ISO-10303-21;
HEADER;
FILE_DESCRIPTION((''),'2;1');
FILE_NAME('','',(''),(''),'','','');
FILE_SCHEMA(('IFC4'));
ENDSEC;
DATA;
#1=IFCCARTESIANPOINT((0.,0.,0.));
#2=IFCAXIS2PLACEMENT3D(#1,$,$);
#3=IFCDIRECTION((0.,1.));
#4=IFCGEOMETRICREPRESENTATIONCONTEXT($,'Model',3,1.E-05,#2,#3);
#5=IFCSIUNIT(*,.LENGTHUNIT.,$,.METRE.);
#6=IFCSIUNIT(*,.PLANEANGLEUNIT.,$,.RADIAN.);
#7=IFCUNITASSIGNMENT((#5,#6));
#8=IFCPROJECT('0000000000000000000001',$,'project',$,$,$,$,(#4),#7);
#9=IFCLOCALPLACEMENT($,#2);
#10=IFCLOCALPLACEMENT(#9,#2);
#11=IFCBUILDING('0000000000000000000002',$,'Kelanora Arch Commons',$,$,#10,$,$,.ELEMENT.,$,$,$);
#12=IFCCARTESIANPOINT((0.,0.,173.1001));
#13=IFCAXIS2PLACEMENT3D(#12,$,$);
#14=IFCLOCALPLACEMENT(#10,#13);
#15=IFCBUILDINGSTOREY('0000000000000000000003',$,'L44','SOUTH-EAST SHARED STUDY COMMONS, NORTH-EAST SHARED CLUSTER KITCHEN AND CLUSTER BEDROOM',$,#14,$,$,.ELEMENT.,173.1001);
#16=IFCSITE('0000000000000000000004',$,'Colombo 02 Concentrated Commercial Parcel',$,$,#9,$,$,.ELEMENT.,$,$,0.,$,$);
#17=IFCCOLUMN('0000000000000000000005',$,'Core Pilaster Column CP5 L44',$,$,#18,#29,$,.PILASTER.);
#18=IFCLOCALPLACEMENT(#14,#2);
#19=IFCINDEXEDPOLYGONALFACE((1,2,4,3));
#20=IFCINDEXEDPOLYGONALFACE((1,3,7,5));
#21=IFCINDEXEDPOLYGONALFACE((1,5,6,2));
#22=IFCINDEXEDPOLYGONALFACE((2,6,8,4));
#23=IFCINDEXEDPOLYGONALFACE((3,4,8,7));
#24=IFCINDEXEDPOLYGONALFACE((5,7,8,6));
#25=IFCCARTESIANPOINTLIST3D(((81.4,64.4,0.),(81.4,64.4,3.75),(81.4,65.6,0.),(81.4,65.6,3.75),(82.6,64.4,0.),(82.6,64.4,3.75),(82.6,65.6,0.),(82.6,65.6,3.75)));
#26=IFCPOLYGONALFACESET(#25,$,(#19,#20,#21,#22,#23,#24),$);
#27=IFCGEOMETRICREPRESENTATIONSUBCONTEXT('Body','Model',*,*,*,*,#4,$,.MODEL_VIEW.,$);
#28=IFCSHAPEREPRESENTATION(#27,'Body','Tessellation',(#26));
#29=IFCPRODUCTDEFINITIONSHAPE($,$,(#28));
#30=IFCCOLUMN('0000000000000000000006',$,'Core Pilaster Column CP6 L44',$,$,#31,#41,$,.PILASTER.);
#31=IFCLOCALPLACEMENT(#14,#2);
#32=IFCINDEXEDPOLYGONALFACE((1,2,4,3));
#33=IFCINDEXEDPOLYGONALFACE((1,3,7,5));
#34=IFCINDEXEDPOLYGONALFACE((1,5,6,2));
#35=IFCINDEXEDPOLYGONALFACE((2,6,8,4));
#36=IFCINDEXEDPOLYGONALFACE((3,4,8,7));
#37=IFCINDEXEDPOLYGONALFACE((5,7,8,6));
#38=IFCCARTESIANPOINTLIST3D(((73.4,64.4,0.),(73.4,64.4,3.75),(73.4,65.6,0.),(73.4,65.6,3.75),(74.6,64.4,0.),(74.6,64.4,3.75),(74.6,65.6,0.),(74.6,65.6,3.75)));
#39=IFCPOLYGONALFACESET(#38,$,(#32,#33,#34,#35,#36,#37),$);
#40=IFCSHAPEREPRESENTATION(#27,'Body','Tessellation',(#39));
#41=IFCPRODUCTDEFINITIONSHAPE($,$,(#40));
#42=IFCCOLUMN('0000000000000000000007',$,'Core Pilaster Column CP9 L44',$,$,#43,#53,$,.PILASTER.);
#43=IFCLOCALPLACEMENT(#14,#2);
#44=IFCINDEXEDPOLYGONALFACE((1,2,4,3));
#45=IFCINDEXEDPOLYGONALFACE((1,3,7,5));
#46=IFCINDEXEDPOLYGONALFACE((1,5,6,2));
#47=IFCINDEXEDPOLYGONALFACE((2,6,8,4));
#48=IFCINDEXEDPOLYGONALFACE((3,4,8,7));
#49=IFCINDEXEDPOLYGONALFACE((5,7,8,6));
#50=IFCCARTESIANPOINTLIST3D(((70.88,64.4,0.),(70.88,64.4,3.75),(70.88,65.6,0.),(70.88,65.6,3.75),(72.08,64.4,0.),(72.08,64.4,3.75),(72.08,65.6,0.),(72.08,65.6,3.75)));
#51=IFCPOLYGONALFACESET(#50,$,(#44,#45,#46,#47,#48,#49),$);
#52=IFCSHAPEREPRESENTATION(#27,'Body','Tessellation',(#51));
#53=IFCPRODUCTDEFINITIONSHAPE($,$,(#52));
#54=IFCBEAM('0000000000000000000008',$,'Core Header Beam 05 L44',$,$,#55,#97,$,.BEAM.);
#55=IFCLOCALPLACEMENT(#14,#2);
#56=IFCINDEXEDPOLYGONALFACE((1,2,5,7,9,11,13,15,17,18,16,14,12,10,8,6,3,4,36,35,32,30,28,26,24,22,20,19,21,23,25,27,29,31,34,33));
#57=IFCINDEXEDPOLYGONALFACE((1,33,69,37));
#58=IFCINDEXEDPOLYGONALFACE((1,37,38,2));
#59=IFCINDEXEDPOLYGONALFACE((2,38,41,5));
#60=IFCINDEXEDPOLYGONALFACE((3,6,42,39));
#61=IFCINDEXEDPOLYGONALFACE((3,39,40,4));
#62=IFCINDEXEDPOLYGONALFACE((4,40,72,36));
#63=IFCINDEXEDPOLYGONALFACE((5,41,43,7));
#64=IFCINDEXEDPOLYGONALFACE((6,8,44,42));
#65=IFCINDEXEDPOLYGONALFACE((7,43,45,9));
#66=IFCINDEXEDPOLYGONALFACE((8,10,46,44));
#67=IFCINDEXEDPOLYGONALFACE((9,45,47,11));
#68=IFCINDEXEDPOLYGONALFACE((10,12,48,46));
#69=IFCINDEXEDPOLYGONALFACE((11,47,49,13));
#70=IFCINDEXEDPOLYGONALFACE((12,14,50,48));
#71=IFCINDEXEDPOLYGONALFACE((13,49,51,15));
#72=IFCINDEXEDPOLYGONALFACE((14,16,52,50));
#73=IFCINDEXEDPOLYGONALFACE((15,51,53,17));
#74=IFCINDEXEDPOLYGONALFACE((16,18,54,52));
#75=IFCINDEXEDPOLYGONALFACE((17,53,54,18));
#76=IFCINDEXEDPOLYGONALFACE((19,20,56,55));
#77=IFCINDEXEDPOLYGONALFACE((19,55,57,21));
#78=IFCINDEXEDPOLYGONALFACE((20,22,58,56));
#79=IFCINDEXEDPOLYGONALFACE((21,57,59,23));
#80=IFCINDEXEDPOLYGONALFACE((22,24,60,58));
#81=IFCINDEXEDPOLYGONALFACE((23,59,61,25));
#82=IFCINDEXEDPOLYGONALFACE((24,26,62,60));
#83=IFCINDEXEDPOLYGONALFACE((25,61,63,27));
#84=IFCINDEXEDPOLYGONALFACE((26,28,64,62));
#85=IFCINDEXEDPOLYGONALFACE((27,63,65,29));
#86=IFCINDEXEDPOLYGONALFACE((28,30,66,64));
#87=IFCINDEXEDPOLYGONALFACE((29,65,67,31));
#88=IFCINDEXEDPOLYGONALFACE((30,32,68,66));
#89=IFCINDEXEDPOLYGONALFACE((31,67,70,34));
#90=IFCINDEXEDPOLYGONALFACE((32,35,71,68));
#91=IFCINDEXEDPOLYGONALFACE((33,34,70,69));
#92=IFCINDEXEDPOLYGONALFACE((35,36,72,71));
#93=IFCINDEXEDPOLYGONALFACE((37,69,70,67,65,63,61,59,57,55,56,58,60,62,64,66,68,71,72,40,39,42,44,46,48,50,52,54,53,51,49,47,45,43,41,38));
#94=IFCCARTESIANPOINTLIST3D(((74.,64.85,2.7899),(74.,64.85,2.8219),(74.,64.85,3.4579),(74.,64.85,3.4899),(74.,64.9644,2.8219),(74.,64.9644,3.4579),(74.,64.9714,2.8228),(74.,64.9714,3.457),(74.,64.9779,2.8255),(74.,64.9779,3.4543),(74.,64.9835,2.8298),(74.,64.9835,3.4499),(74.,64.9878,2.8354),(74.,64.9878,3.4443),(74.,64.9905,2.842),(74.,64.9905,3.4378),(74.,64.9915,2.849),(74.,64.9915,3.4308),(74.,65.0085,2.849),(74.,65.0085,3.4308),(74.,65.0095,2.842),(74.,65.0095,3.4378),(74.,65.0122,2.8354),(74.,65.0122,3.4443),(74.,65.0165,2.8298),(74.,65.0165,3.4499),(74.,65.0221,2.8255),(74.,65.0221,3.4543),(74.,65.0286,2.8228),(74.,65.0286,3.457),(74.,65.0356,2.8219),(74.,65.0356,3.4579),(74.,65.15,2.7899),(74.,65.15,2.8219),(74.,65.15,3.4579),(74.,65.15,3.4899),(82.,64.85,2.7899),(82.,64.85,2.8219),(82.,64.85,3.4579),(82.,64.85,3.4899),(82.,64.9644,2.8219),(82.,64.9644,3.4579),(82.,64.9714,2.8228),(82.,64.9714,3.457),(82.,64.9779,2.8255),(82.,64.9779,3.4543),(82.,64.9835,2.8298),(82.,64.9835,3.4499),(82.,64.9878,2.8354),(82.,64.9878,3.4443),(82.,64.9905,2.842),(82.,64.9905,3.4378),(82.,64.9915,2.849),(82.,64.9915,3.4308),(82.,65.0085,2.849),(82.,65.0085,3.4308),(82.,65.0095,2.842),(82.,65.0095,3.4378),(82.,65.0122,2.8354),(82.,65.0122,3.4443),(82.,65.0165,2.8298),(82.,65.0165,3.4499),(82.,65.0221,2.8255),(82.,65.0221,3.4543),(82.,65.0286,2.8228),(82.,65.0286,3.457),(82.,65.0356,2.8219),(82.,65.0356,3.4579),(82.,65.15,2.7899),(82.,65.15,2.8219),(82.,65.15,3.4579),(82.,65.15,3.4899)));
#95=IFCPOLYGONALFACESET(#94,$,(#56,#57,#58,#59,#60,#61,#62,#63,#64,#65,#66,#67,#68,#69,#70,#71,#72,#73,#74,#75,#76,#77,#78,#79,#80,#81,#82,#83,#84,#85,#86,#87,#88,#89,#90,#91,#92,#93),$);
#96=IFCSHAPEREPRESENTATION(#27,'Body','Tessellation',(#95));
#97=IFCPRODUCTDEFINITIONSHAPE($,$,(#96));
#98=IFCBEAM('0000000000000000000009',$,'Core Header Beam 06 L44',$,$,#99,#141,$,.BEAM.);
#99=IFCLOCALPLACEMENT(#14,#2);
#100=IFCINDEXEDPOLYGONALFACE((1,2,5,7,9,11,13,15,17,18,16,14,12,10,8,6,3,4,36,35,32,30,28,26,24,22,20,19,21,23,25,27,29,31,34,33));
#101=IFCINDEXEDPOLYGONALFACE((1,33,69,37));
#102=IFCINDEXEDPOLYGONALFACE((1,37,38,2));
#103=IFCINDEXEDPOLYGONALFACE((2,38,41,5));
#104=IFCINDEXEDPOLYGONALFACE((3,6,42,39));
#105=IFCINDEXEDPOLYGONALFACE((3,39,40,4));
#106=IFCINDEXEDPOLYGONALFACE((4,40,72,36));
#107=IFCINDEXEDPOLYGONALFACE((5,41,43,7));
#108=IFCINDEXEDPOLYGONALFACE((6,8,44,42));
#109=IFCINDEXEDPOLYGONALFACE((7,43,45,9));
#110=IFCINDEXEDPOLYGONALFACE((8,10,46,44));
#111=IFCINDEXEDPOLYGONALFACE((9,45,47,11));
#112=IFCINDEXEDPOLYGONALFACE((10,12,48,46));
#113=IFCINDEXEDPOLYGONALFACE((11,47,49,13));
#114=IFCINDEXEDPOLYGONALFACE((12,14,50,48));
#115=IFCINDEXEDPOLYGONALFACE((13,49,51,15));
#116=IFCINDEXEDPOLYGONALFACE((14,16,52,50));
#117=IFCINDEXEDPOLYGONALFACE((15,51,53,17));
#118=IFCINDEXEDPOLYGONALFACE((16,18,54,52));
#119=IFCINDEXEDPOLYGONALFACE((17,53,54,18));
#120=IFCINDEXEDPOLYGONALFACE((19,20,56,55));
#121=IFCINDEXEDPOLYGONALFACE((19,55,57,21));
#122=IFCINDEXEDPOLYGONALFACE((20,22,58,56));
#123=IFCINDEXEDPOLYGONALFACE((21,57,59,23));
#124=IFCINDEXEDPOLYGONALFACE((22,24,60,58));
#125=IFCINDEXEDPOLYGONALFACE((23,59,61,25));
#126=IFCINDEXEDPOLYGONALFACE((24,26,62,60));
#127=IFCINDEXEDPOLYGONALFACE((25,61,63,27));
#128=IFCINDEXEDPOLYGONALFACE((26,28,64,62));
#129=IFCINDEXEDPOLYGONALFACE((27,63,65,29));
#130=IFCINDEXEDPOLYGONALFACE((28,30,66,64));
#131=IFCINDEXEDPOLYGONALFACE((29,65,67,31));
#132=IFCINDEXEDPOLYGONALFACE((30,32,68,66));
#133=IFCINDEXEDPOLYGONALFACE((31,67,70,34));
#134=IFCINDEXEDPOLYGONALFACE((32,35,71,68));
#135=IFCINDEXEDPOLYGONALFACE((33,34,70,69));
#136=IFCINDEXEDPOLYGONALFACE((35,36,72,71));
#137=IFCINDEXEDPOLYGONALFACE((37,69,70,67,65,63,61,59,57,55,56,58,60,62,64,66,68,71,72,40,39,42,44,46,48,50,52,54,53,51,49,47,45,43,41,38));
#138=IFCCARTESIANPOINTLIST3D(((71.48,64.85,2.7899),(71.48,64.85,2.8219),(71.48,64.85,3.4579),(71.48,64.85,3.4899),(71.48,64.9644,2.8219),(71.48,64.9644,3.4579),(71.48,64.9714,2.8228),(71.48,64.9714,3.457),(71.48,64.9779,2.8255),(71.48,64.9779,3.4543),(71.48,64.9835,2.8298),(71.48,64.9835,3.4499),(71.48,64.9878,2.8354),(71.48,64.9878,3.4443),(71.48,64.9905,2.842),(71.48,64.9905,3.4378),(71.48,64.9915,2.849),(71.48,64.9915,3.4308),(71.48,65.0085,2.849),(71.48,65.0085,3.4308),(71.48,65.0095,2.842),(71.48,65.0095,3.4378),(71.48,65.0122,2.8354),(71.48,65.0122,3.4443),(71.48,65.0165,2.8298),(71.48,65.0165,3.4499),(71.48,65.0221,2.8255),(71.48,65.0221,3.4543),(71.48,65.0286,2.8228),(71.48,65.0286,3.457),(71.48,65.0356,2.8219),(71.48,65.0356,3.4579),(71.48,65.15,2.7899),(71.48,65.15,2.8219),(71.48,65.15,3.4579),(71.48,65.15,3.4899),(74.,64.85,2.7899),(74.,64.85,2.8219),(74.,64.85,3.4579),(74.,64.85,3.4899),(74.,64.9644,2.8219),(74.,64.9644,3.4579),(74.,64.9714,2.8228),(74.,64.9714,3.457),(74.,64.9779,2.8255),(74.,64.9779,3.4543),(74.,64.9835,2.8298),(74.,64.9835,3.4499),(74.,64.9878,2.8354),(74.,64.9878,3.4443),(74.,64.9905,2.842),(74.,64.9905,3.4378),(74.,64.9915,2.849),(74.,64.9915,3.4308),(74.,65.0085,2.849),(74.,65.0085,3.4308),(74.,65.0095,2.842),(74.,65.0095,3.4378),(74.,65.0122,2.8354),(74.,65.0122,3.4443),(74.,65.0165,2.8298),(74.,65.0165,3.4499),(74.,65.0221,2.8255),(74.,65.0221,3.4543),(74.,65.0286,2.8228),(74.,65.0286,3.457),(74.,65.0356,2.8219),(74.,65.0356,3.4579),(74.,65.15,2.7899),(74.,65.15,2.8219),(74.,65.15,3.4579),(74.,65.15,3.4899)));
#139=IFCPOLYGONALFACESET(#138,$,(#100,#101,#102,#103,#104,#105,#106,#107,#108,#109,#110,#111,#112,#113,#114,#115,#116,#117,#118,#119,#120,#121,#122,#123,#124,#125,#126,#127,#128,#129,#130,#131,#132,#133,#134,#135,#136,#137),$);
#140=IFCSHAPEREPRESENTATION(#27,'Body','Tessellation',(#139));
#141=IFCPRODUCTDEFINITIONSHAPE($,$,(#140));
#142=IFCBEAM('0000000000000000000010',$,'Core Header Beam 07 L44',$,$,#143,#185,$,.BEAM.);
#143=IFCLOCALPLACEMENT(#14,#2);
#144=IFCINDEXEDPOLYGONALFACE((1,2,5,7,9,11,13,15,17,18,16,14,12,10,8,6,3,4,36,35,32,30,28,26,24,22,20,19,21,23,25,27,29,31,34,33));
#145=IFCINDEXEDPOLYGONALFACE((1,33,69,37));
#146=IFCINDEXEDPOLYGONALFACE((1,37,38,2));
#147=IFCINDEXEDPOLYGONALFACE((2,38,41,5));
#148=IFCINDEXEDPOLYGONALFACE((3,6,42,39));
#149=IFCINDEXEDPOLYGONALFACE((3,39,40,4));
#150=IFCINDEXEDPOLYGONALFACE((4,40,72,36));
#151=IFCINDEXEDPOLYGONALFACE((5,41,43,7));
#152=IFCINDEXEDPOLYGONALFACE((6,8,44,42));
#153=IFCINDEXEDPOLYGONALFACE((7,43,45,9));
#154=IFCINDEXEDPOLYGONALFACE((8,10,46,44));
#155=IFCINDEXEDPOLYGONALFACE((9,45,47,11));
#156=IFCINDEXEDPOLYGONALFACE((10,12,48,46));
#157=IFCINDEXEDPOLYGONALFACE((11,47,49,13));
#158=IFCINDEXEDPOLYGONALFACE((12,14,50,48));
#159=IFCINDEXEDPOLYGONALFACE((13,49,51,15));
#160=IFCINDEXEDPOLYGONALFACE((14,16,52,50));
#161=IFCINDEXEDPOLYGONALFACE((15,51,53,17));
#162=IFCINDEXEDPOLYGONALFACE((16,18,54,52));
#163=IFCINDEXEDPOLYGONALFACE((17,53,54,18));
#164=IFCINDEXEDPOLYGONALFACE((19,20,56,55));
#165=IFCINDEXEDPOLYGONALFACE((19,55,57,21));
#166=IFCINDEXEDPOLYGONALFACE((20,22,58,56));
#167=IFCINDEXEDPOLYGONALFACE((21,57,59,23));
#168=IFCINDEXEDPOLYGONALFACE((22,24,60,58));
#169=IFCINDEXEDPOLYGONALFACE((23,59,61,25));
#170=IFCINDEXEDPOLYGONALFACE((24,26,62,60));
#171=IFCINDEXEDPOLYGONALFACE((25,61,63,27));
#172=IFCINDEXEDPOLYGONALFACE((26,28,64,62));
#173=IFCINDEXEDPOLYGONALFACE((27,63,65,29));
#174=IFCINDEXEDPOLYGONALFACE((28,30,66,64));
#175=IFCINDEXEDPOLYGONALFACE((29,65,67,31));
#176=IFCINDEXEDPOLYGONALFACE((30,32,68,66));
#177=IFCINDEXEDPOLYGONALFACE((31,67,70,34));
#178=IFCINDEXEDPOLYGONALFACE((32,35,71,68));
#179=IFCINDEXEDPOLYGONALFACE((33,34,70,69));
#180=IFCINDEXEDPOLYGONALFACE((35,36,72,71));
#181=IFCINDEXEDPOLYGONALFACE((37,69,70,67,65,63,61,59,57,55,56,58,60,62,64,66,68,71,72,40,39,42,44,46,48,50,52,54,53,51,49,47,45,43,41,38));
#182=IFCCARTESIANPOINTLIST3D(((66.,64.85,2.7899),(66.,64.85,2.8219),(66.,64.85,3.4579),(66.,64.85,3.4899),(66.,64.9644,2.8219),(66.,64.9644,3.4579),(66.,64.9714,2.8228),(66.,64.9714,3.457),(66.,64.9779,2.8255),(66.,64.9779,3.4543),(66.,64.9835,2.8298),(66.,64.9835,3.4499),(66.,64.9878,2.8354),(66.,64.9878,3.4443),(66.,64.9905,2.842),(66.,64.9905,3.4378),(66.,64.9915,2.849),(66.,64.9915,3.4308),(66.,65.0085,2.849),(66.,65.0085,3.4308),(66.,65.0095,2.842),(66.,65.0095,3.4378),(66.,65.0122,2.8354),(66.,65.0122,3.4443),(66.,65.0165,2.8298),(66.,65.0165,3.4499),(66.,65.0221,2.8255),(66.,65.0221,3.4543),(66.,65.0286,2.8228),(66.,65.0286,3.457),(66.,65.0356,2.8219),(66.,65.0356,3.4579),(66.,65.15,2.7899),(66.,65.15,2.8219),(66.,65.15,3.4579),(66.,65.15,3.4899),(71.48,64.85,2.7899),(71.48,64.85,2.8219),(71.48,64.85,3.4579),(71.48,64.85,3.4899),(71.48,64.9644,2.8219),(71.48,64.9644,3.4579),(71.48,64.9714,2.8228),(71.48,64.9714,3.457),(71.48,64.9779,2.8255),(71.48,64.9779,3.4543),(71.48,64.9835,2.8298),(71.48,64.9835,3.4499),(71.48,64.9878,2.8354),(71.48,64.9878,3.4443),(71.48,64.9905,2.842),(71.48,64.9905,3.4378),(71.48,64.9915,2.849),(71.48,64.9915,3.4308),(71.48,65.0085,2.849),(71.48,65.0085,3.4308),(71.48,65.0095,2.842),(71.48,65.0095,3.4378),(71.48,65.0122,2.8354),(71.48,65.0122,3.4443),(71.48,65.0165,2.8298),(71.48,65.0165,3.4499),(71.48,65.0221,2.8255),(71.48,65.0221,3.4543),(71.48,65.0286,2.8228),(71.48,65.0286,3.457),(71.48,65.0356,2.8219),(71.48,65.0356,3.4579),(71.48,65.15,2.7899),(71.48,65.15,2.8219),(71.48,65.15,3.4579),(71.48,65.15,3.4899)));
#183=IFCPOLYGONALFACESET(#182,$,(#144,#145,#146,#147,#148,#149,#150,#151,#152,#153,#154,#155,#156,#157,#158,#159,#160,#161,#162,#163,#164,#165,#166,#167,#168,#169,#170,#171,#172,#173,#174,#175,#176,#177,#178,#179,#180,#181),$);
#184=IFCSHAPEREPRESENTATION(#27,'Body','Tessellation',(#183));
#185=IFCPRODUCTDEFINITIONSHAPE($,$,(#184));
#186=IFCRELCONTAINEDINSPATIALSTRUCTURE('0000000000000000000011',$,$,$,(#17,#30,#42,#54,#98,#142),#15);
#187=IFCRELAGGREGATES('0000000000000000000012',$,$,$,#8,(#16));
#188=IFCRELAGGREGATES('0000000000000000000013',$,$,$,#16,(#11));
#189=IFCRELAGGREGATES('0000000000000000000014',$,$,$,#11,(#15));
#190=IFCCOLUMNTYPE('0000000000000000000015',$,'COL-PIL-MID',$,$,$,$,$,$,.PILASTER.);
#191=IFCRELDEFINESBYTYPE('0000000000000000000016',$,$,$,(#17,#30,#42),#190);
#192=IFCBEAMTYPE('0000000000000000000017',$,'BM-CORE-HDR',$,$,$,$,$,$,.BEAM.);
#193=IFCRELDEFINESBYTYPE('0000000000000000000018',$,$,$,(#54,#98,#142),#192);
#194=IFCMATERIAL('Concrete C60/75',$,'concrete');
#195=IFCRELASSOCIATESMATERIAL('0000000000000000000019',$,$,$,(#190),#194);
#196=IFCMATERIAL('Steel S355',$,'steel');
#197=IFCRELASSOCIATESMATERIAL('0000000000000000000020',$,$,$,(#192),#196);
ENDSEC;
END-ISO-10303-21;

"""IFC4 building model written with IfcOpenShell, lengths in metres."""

from ifc_helpers import new_model, si_unit, direction, frame, origin, origin_2d, place, context, subcontext, project, spatial, rectangle, i_section, extrude, material, material_profile, profile_set, type_object, element, save


model = new_model("IFC4")

# Units and contexts
model_context = context("Model", 3, precision=1e-05, world=origin(), true_north=direction((0.0, 1.0)))
body_context = subcontext(model_context, "Body", "Model", "MODEL_VIEW")
ifc_project = project(units=[si_unit("LENGTHUNIT", "METRE"), si_unit("PLANEANGLEUNIT", "RADIAN")], contexts=[model_context])

# Site, building, storey
site_placement = place(None, origin())
site = spatial("IfcSite", under=ifc_project, at=site_placement, Name="Colombo 02 Concentrated Commercial Parcel", CompositionType="ELEMENT", RefElevation=0.0)
building_placement = place(site_placement, origin())
building = spatial("IfcBuilding", under=site, at=building_placement, Name="Kelanora Arch Commons", CompositionType="ELEMENT")
storey_placement = place(building_placement, frame((0.0, 0.0, 173.1001)))
storey = spatial("IfcBuildingStorey", under=building, at=storey_placement, Name="L44", Description="SOUTH-EAST SHARED STUDY COMMONS, NORTH-EAST SHARED CLUSTER KITCHEN AND CLUSTER BEDROOM", CompositionType="ELEMENT", Elevation=173.1001)

# Columns
ifc_material_1 = material(Name="Concrete C60/75", Category="concrete")
ifc_material_profile_1 = material_profile(ifc_material_1, rectangle(XDim=1.2, YDim=1.2, at=origin_2d()), Name="RC1200x1200")
ifc_profile_set_1 = profile_set([ifc_material_profile_1], Name="Concrete C60/75")
column_type = type_object("IfcColumnType", Name="COL-PIL-MID", PredefinedType="PILASTER", material=ifc_profile_set_1)
for number, where, z_axis, x_axis, name in (
    (1, (82.0, 65.0, 0.0), (0.0, 0.0, 1.0), (1.0, 0.0, 0.0), "Core Pilaster Column CP5 L44"),
    (2, (74.0, 65.0, 0.0), (0.0, 0.0, 1.0), (1.0, 0.0, 0.0), "Core Pilaster Column CP6 L44"),
    (3, (71.48, 65.0, 0.0), (0.0, 0.0, 1.0), (1.0, 0.0, 0.0), "Core Pilaster Column CP9 L44"),
):
    element("IfcColumn", number, at=place(storey_placement, frame(where, z_axis=z_axis, x_axis=x_axis)), inside=storey, type_object=column_type, Name=name, PredefinedType="PILASTER", context=body_context, shape_type="SweptSolid", body=[
        extrude(rectangle(XDim=1.2, YDim=1.2, at=origin_2d()), origin(), (0.0, 0.0, 1.0), 3.75),
    ])

# Beams
ifc_material_2 = material(Name="Steel S355", Category="steel")
ifc_material_profile_2 = material_profile(ifc_material_2, i_section(OverallWidth=0.3, OverallDepth=0.7, WebThickness=0.0171, FlangeThickness=0.032, FilletRadius=0.0271, at=origin_2d()), Name="HEB700")
ifc_profile_set_2 = profile_set([ifc_material_profile_2], Name="Steel S355")
beam_type_1 = type_object("IfcBeamType", Name="BM-CORE-HDR", PredefinedType="BEAM", material=ifc_profile_set_2)
beam_1_placement = place(storey_placement, frame((82.0, 65.0, 3.1399), z_axis=(-1.0, 0.0, 0.0), x_axis=(0.0, -1.0, 0.0)))
element("IfcBeam", 4, at=beam_1_placement, inside=storey, type_object=beam_type_1, Name="Core Header Beam 05 L44", PredefinedType="BEAM", context=body_context, shape_type="SweptSolid", body=[
    extrude(i_section(OverallWidth=0.3, OverallDepth=0.7, WebThickness=0.0171, FlangeThickness=0.032, FilletRadius=0.0271, at=origin_2d()), origin(), (0.0, 0.0, 1.0), 8.0),
])
beam_2_placement = place(storey_placement, frame((74.0, 65.0, 3.1399), z_axis=(-1.0, 0.0, 0.0), x_axis=(0.0, -1.0, 0.0)))
element("IfcBeam", 5, at=beam_2_placement, inside=storey, type_object=beam_type_1, Name="Core Header Beam 06 L44", PredefinedType="BEAM", context=body_context, shape_type="SweptSolid", body=[
    extrude(i_section(OverallWidth=0.3, OverallDepth=0.7, WebThickness=0.0171, FlangeThickness=0.032, FilletRadius=0.0271, at=origin_2d()), origin(), (0.0, 0.0, 1.0), 2.52),
])
beam_3_placement = place(storey_placement, frame((71.48, 65.0, 3.1399), z_axis=(-1.0, 0.0, 0.0), x_axis=(0.0, -1.0, 0.0)))
element("IfcBeam", 6, at=beam_3_placement, inside=storey, type_object=beam_type_1, Name="Core Header Beam 07 L44", PredefinedType="BEAM", context=body_context, shape_type="SweptSolid", body=[
    extrude(i_section(OverallWidth=0.3, OverallDepth=0.7, WebThickness=0.0171, FlangeThickness=0.032, FilletRadius=0.0271, at=origin_2d()), origin(), (0.0, 0.0, 1.0), 5.48),
])

save(model, "model.ifc")
